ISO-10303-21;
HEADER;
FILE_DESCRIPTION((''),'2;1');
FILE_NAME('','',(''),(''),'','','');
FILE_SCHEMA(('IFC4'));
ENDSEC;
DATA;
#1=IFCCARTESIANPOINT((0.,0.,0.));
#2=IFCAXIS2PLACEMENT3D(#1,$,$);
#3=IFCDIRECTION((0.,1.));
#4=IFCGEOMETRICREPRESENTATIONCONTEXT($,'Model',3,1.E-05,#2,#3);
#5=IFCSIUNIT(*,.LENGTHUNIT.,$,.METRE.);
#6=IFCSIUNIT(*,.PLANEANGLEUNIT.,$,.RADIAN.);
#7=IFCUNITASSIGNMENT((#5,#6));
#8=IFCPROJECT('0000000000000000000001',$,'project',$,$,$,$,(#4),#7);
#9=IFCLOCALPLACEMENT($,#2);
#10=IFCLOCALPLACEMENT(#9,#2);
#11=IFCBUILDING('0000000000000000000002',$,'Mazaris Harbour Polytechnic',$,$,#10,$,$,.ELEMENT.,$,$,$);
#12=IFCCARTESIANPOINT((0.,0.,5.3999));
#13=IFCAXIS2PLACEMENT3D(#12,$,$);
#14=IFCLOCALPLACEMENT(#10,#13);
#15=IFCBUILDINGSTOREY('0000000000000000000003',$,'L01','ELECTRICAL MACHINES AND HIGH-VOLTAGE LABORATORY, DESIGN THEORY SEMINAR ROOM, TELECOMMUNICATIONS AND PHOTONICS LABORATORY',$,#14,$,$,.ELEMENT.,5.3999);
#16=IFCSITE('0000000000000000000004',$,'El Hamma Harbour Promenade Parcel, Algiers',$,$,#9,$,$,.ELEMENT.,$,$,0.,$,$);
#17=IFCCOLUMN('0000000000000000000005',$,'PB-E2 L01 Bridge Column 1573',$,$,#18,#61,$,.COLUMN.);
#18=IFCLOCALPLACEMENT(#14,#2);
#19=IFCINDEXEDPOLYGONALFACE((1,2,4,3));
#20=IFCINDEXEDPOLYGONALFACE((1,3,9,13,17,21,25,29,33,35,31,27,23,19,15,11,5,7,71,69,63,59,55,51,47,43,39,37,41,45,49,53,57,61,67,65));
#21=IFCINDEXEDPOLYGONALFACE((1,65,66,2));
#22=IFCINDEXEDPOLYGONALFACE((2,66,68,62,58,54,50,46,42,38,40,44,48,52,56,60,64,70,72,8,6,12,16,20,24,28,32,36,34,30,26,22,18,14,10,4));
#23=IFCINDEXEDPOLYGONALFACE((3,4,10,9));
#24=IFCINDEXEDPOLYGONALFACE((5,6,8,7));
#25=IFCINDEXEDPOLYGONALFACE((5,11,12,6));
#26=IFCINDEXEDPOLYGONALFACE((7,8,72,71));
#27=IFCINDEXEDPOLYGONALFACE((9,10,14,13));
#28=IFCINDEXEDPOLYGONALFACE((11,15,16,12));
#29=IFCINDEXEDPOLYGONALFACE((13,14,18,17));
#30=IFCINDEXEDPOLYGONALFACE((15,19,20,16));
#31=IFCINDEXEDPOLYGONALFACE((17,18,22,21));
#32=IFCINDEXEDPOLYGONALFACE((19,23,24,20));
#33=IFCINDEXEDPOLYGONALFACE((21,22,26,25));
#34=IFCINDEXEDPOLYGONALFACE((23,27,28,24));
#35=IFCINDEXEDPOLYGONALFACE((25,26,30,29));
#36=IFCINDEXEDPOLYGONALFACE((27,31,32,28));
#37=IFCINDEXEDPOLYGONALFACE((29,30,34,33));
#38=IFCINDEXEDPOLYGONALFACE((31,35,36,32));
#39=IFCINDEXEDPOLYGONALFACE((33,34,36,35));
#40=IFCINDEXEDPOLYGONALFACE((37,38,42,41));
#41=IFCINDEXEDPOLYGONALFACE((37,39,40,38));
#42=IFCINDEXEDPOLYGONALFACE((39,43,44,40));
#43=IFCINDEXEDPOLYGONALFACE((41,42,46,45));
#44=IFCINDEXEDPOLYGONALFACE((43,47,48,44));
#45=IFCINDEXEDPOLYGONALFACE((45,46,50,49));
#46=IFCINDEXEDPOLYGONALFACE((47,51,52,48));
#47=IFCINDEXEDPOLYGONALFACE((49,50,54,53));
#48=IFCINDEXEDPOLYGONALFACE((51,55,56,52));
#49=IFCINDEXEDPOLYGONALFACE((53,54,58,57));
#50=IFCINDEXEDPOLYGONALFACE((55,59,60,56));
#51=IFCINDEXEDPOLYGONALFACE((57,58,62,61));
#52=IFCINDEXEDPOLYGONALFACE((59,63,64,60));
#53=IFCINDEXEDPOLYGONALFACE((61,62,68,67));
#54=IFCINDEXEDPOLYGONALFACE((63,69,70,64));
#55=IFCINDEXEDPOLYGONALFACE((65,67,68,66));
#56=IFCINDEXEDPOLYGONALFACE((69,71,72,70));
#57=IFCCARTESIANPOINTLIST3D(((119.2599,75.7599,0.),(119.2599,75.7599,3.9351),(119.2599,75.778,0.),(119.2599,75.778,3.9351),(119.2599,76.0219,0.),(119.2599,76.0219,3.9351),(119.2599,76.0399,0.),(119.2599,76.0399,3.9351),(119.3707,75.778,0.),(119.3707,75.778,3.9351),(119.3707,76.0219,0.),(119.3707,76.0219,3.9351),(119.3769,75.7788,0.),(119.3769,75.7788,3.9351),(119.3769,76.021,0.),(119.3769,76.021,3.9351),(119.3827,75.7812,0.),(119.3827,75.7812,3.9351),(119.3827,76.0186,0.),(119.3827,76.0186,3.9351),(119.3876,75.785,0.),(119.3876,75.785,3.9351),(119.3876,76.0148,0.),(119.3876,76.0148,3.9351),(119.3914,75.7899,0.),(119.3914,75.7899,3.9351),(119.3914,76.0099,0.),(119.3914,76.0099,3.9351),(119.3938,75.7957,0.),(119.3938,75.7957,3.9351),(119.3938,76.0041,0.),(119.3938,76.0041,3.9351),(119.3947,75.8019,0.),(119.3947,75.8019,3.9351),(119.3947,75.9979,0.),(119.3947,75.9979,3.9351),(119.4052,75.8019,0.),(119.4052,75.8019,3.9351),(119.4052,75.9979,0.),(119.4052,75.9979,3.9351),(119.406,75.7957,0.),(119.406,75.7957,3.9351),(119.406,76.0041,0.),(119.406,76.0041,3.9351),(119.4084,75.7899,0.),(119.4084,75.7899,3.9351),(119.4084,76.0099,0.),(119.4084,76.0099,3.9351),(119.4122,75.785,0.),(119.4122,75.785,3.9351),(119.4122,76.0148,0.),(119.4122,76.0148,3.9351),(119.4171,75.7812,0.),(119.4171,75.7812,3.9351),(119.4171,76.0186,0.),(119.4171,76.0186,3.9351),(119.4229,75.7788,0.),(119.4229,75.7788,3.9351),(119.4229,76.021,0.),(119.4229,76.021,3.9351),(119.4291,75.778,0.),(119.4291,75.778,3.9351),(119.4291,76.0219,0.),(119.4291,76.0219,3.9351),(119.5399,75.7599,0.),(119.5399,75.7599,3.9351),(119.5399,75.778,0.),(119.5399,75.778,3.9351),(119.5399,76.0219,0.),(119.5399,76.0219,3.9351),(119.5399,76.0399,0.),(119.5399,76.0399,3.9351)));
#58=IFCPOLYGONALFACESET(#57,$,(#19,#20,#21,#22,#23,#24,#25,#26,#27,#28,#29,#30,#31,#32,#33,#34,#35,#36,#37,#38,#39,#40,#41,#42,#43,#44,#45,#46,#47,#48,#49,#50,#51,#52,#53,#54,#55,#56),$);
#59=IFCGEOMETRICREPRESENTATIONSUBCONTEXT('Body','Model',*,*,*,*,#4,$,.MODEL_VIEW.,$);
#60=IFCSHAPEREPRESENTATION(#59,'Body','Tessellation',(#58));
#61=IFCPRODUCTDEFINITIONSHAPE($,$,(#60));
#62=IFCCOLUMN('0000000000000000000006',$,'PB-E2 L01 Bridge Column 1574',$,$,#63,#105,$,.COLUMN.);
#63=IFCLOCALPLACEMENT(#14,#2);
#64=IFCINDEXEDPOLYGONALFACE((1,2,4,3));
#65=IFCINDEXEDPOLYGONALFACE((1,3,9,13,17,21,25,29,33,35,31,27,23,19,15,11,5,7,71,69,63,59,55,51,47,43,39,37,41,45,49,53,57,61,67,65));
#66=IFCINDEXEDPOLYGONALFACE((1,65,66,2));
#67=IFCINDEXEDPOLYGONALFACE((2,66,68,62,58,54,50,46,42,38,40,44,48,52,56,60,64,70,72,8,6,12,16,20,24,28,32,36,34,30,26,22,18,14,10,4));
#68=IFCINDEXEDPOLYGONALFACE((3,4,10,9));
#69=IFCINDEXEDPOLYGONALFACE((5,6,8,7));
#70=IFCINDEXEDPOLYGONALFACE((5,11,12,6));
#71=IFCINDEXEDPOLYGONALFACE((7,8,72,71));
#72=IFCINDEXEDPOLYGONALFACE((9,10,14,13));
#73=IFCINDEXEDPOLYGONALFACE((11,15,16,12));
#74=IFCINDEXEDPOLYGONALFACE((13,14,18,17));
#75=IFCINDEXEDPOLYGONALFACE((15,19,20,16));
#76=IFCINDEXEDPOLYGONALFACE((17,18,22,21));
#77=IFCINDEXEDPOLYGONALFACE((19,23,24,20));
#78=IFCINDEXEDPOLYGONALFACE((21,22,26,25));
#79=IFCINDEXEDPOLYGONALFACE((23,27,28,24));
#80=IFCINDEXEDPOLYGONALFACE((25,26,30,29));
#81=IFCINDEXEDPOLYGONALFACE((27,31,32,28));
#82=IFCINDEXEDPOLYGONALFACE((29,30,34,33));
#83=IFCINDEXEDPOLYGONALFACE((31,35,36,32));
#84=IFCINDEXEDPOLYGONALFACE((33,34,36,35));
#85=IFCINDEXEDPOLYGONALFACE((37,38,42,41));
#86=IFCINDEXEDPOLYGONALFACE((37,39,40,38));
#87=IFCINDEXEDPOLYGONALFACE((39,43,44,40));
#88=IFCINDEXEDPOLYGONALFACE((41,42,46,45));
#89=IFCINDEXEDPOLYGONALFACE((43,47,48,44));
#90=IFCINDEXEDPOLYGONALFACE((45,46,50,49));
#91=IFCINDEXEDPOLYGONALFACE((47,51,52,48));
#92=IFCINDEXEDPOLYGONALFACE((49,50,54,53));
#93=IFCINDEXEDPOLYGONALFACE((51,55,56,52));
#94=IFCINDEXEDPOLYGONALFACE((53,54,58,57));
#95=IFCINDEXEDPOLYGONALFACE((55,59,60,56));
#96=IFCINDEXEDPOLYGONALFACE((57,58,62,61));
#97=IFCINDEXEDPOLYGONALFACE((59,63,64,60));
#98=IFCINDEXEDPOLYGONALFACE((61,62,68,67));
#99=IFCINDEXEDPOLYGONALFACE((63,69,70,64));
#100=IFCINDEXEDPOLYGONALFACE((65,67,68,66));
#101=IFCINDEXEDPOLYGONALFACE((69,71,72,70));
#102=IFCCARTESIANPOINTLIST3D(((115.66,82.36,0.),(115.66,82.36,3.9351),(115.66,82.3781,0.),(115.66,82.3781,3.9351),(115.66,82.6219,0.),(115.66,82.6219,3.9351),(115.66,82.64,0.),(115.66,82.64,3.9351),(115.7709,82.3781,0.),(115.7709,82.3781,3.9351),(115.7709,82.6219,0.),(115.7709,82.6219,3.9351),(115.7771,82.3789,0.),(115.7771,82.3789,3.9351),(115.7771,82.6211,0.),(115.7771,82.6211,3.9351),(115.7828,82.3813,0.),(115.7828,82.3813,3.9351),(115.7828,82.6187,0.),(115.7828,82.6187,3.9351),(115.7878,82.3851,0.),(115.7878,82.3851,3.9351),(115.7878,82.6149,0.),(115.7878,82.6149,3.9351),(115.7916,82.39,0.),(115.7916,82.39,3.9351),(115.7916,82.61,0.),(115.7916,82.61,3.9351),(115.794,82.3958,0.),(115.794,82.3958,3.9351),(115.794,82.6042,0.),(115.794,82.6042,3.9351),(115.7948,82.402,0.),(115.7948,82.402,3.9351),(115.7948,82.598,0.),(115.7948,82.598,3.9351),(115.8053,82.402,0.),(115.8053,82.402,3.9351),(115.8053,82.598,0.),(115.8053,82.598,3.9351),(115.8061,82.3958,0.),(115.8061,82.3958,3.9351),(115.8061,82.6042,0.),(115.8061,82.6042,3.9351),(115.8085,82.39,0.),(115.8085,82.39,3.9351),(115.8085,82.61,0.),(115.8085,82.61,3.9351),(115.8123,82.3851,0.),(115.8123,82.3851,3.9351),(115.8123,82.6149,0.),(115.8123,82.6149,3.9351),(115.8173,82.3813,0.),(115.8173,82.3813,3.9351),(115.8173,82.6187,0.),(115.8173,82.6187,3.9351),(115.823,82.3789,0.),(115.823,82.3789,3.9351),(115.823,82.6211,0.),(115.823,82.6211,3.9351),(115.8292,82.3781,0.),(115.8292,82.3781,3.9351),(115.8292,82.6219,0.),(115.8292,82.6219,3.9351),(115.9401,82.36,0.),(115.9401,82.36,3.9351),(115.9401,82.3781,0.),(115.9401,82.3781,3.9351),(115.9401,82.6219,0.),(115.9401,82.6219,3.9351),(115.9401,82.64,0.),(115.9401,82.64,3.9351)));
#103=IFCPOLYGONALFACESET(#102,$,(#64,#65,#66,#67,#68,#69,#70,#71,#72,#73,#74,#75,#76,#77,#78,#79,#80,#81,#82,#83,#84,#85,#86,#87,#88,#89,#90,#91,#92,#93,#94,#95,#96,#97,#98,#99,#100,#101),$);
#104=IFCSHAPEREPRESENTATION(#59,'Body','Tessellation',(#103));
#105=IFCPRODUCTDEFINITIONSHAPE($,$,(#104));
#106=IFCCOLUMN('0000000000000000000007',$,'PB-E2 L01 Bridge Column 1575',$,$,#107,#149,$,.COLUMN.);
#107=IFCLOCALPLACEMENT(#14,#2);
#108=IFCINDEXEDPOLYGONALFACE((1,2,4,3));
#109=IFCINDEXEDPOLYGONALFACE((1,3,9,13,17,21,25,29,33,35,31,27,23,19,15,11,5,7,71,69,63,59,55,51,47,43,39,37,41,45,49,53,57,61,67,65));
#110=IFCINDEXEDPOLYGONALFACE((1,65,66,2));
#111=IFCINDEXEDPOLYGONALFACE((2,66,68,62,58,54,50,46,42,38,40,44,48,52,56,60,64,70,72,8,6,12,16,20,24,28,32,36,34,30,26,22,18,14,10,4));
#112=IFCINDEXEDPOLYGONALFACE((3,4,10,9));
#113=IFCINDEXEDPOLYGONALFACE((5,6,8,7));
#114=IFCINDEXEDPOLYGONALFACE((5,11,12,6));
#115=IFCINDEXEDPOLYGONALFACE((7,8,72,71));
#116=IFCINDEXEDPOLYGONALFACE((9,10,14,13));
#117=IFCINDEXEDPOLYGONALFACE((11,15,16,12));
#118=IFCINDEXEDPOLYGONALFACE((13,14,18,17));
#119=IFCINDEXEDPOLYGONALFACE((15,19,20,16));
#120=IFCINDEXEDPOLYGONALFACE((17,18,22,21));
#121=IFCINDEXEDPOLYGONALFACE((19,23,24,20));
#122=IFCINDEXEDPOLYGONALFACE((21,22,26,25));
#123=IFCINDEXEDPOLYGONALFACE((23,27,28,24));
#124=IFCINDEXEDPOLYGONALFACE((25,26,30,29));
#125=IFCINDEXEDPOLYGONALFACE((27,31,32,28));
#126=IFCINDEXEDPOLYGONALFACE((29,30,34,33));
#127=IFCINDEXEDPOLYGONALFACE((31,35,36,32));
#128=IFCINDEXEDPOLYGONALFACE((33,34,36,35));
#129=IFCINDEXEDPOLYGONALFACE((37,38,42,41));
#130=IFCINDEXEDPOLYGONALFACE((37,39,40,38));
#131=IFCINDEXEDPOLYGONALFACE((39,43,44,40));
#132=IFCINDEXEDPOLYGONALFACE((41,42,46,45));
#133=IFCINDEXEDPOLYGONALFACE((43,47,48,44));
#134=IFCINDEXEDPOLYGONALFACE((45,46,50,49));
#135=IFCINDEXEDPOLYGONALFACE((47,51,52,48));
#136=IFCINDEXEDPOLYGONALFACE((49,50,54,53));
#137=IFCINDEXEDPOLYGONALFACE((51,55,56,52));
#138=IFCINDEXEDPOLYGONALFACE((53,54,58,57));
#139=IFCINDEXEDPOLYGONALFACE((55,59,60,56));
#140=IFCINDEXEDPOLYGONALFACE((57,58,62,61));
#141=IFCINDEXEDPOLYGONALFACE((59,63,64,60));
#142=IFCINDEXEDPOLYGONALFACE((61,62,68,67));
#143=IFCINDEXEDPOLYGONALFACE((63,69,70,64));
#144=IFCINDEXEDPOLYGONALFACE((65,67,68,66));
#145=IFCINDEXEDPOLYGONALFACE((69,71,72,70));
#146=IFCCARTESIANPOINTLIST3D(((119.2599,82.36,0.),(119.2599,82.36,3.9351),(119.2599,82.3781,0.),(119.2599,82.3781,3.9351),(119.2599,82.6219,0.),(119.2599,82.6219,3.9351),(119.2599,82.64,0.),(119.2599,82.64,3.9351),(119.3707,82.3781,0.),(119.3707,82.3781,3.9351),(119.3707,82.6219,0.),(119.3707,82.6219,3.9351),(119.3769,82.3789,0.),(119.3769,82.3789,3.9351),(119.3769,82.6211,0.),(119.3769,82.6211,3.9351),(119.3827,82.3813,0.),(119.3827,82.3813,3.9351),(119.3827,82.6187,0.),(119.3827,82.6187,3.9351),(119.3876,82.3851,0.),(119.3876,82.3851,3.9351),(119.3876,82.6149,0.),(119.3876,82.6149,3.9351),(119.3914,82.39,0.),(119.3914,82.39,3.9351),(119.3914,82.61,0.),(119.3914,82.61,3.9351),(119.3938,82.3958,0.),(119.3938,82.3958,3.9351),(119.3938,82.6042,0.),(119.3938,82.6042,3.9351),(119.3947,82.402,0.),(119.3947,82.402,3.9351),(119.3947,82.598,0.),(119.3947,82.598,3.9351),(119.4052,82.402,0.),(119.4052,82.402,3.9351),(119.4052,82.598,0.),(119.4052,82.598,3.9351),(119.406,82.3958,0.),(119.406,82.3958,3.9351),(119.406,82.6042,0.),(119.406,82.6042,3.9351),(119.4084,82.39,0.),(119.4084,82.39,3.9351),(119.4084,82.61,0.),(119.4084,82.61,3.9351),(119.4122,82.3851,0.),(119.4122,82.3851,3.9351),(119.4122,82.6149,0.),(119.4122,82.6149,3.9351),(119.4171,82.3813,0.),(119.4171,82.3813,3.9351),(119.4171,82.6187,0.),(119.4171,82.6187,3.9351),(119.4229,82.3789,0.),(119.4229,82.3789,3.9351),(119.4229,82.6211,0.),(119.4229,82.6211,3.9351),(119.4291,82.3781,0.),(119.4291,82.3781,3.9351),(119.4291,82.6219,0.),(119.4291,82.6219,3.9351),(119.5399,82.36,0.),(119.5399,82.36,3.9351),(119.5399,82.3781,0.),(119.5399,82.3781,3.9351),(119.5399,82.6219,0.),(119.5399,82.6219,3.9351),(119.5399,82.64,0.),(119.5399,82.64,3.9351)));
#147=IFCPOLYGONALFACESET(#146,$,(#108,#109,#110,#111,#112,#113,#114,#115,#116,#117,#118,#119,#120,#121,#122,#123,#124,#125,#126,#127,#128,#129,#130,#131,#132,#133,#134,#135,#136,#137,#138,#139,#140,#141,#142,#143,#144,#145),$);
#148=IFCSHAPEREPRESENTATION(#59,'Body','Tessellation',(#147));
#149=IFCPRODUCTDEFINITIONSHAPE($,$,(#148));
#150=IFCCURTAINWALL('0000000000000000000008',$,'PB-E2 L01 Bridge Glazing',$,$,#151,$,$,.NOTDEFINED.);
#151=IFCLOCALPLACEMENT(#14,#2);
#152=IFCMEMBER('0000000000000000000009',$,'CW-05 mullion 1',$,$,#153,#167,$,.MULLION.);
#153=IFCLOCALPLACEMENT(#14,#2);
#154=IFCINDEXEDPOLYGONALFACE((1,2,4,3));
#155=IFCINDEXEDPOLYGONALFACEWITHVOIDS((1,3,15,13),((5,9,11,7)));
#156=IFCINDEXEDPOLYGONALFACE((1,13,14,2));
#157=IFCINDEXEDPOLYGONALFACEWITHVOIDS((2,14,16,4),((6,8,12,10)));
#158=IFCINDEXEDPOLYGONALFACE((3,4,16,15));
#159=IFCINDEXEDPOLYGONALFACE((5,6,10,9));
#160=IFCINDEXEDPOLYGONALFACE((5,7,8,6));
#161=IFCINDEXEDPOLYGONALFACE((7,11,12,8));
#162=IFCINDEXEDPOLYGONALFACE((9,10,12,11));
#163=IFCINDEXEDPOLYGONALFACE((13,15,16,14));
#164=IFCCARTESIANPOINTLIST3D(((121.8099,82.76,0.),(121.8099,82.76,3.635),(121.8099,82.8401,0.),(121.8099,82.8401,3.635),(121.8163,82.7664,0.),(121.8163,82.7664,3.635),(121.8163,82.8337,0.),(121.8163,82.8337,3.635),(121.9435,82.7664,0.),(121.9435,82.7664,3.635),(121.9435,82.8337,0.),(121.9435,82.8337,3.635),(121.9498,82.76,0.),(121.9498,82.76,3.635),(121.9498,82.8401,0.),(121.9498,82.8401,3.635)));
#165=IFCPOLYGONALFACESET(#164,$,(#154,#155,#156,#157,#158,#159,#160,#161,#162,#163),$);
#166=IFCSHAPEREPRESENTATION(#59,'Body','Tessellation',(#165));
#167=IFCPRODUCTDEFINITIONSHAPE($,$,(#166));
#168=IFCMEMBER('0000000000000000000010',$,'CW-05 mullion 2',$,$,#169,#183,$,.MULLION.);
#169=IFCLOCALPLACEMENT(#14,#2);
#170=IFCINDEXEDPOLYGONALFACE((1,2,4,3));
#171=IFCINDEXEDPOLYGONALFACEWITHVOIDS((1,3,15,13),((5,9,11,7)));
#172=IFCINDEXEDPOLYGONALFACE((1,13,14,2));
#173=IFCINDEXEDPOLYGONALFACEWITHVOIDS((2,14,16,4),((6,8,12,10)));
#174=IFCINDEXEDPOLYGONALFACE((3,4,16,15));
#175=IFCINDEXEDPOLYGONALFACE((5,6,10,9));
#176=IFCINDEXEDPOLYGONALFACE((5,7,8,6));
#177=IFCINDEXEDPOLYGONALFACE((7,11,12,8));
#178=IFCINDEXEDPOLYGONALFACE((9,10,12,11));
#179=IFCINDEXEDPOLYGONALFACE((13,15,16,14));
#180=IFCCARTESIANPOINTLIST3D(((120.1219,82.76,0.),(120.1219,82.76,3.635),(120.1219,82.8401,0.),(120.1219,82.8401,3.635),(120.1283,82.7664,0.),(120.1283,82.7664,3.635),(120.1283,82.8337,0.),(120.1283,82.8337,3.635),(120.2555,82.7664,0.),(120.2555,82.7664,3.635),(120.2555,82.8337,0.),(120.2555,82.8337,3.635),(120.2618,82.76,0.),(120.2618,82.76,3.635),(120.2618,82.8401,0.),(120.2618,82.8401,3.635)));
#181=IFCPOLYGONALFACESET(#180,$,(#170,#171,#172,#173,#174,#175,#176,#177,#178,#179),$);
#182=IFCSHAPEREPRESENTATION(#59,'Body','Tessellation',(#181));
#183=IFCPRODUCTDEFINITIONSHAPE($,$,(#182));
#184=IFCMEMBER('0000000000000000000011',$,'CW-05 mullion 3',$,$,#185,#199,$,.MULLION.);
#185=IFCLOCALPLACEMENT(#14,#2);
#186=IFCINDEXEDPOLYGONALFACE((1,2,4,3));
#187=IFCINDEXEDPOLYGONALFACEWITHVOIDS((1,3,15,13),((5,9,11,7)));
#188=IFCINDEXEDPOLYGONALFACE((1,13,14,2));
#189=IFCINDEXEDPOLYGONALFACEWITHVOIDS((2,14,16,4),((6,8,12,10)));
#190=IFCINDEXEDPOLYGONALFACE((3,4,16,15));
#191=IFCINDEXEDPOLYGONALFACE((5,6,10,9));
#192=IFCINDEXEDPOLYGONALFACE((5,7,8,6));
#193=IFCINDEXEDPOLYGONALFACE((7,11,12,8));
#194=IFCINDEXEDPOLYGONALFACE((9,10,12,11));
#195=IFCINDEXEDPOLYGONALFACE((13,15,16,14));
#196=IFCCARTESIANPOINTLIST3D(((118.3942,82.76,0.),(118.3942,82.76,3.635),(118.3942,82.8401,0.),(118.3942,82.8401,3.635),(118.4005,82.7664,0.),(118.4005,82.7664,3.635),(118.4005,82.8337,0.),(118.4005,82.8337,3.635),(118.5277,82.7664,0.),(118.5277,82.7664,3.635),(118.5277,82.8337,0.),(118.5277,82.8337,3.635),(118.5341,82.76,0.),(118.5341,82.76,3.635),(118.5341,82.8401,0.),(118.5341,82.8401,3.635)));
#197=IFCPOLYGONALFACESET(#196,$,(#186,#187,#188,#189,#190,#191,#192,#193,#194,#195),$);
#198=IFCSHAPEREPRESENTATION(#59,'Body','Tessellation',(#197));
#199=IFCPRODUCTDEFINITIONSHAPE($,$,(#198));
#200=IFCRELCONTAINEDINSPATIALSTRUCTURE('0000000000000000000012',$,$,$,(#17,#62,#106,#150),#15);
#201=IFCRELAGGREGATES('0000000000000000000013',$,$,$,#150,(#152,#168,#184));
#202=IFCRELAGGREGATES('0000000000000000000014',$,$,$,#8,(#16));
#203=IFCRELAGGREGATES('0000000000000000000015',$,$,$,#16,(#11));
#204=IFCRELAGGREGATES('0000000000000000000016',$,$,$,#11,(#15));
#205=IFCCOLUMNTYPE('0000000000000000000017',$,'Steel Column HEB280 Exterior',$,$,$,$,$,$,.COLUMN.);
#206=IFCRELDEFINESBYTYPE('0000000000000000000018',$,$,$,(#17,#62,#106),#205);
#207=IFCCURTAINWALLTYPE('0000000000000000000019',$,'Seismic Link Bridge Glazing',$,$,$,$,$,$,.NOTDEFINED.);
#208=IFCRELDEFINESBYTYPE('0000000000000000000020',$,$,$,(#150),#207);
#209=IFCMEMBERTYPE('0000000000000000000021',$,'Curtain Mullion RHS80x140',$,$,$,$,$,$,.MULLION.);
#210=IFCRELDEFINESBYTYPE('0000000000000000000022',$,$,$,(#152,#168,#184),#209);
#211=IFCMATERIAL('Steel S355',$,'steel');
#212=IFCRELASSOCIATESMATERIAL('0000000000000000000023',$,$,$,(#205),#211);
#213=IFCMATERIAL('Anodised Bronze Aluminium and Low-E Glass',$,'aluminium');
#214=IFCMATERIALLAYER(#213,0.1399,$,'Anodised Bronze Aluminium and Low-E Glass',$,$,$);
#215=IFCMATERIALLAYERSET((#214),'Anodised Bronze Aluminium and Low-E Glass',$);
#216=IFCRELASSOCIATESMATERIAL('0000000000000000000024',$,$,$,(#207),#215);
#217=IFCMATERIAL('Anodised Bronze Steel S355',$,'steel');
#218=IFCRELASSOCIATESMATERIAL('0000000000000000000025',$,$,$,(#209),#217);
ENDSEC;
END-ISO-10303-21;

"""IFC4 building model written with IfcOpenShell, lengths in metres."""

from ifc_helpers import new_model, si_unit, direction, frame, origin, origin_2d, place, context, subcontext, project, spatial, hollow_rectangle, i_section, extrude, material, layer, layer_set, material_profile, profile_set, type_object, element, aggregate, save


model = new_model("IFC4")

# Units and contexts
model_context = context("Model", 3, precision=1e-05, world=origin(), true_north=direction((0.0, 1.0)))
body_context = subcontext(model_context, "Body", "Model", "MODEL_VIEW")
ifc_project = project(units=[si_unit("LENGTHUNIT", "METRE"), si_unit("PLANEANGLEUNIT", "RADIAN")], contexts=[model_context])

# Site, building, storey
site_placement = place(None, origin())
site = spatial("IfcSite", under=ifc_project, at=site_placement, Name="El Hamma Harbour Promenade Parcel, Algiers", CompositionType="ELEMENT", RefElevation=0.0)
building_placement = place(site_placement, origin())
building = spatial("IfcBuilding", under=site, at=building_placement, Name="Mazaris Harbour Polytechnic", CompositionType="ELEMENT")
storey_placement = place(building_placement, frame((0.0, 0.0, 5.3999)))
storey = spatial("IfcBuildingStorey", under=building, at=storey_placement, Name="L01", Description="ELECTRICAL MACHINES AND HIGH-VOLTAGE LABORATORY, DESIGN THEORY SEMINAR ROOM, TELECOMMUNICATIONS AND PHOTONICS LABORATORY", CompositionType="ELEMENT", Elevation=5.3999)

# Columns
ifc_material_1 = material(Name="Steel S355", Category="steel")
ifc_material_profile_1 = material_profile(ifc_material_1, i_section(OverallWidth=0.28, OverallDepth=0.28, WebThickness=0.0105, FlangeThickness=0.0181, FilletRadius=0.0239, at=origin_2d()), Name="HEB 280")
ifc_profile_set_1 = profile_set([ifc_material_profile_1], Name="Steel S355")
column_type = type_object("IfcColumnType", Name="Steel Column HEB280 Exterior", PredefinedType="COLUMN", material=ifc_profile_set_1)
for number, where, z_axis, x_axis, name in (
    (1, (119.3999, 75.8999, 0.0), (0.0, 0.0, 1.0), (1.0, 0.0, 0.0), "PB-E2 L01 Bridge Column 1573"),
    (2, (115.8, 82.5, 0.0), (0.0, 0.0, 1.0), (1.0, 0.0, 0.0), "PB-E2 L01 Bridge Column 1574"),
    (3, (119.3999, 82.5, 0.0), (0.0, 0.0, 1.0), (1.0, 0.0, 0.0), "PB-E2 L01 Bridge Column 1575"),
):
    element("IfcColumn", number, at=place(storey_placement, frame(where, z_axis=z_axis, x_axis=x_axis)), inside=storey, type_object=column_type, Name=name, PredefinedType="COLUMN", context=body_context, shape_type="SweptSolid", body=[
        extrude(i_section(OverallWidth=0.28, OverallDepth=0.28, WebThickness=0.0105, FlangeThickness=0.0181, FilletRadius=0.0239, at=origin_2d()), origin(), (0.0, 0.0, 1.0), 3.9351),
    ])

# Curtain wall, members
ifc_material_2 = material(Name="Anodised Bronze Aluminium and Low-E Glass", Category="aluminium")
ifc_layer_1 = layer(ifc_material_2, 0.1399, Name="Anodised Bronze Aluminium and Low-E Glass")
ifc_layer_set_1 = layer_set([ifc_layer_1], Name="Anodised Bronze Aluminium and Low-E Glass")
curtain_wall_type = type_object("IfcCurtainWallType", Name="Seismic Link Bridge Glazing", PredefinedType="NOTDEFINED", material=ifc_layer_set_1)
curtain_wall_placement = place(storey_placement, origin())
curtain_wall = element("IfcCurtainWall", 4, at=curtain_wall_placement, inside=storey, type_object=curtain_wall_type, Name="PB-E2 L01 Bridge Glazing", PredefinedType="NOTDEFINED")
ifc_material_3 = material(Name="Anodised Bronze Steel S355", Category="steel")
ifc_material_profile_2 = material_profile(ifc_material_3, hollow_rectangle(XDim=0.0801, YDim=0.1399, WallThickness=0.0063, at=origin_2d()), Name="RHS 80x140x6.3")
ifc_profile_set_2 = profile_set([ifc_material_profile_2], Name="Anodised Bronze Steel S355")
member_type_1 = type_object("IfcMemberType", Name="Curtain Mullion RHS80x140", PredefinedType="MULLION", material=ifc_profile_set_2)
member_1_placement = place(storey_placement, frame((121.8799, 82.8, 0.0), z_axis=(0.0, 0.0, 1.0), x_axis=(0.0, -1.0, 0.0)))
member_1 = element("IfcMember", 5, at=member_1_placement, type_object=member_type_1, Name="CW-05 mullion 1", PredefinedType="MULLION", context=body_context, shape_type="SweptSolid", body=[
    extrude(hollow_rectangle(XDim=0.0801, YDim=0.1399, WallThickness=0.0063, at=origin_2d()), origin(), (0.0, 0.0, 1.0), 3.635),
])
member_2_placement = place(storey_placement, frame((120.1919, 82.8, 0.0), z_axis=(0.0, 0.0, 1.0), x_axis=(0.0, -1.0, 0.0)))
member_2 = element("IfcMember", 6, at=member_2_placement, type_object=member_type_1, Name="CW-05 mullion 2", PredefinedType="MULLION", context=body_context, shape_type="SweptSolid", body=[
    extrude(hollow_rectangle(XDim=0.0801, YDim=0.1399, WallThickness=0.0063, at=origin_2d()), origin(), (0.0, 0.0, 1.0), 3.635),
])
member_3_placement = place(storey_placement, frame((118.4641, 82.8, 0.0), z_axis=(0.0, 0.0, 1.0), x_axis=(0.0, -1.0, 0.0)))
member_3 = element("IfcMember", 7, at=member_3_placement, type_object=member_type_1, Name="CW-05 mullion 3", PredefinedType="MULLION", context=body_context, shape_type="SweptSolid", body=[
    extrude(hollow_rectangle(XDim=0.0801, YDim=0.1399, WallThickness=0.0063, at=origin_2d()), origin(), (0.0, 0.0, 1.0), 3.635),
])

aggregate(curtain_wall, [member_1, member_2, member_3])

save(model, "model.ifc")
